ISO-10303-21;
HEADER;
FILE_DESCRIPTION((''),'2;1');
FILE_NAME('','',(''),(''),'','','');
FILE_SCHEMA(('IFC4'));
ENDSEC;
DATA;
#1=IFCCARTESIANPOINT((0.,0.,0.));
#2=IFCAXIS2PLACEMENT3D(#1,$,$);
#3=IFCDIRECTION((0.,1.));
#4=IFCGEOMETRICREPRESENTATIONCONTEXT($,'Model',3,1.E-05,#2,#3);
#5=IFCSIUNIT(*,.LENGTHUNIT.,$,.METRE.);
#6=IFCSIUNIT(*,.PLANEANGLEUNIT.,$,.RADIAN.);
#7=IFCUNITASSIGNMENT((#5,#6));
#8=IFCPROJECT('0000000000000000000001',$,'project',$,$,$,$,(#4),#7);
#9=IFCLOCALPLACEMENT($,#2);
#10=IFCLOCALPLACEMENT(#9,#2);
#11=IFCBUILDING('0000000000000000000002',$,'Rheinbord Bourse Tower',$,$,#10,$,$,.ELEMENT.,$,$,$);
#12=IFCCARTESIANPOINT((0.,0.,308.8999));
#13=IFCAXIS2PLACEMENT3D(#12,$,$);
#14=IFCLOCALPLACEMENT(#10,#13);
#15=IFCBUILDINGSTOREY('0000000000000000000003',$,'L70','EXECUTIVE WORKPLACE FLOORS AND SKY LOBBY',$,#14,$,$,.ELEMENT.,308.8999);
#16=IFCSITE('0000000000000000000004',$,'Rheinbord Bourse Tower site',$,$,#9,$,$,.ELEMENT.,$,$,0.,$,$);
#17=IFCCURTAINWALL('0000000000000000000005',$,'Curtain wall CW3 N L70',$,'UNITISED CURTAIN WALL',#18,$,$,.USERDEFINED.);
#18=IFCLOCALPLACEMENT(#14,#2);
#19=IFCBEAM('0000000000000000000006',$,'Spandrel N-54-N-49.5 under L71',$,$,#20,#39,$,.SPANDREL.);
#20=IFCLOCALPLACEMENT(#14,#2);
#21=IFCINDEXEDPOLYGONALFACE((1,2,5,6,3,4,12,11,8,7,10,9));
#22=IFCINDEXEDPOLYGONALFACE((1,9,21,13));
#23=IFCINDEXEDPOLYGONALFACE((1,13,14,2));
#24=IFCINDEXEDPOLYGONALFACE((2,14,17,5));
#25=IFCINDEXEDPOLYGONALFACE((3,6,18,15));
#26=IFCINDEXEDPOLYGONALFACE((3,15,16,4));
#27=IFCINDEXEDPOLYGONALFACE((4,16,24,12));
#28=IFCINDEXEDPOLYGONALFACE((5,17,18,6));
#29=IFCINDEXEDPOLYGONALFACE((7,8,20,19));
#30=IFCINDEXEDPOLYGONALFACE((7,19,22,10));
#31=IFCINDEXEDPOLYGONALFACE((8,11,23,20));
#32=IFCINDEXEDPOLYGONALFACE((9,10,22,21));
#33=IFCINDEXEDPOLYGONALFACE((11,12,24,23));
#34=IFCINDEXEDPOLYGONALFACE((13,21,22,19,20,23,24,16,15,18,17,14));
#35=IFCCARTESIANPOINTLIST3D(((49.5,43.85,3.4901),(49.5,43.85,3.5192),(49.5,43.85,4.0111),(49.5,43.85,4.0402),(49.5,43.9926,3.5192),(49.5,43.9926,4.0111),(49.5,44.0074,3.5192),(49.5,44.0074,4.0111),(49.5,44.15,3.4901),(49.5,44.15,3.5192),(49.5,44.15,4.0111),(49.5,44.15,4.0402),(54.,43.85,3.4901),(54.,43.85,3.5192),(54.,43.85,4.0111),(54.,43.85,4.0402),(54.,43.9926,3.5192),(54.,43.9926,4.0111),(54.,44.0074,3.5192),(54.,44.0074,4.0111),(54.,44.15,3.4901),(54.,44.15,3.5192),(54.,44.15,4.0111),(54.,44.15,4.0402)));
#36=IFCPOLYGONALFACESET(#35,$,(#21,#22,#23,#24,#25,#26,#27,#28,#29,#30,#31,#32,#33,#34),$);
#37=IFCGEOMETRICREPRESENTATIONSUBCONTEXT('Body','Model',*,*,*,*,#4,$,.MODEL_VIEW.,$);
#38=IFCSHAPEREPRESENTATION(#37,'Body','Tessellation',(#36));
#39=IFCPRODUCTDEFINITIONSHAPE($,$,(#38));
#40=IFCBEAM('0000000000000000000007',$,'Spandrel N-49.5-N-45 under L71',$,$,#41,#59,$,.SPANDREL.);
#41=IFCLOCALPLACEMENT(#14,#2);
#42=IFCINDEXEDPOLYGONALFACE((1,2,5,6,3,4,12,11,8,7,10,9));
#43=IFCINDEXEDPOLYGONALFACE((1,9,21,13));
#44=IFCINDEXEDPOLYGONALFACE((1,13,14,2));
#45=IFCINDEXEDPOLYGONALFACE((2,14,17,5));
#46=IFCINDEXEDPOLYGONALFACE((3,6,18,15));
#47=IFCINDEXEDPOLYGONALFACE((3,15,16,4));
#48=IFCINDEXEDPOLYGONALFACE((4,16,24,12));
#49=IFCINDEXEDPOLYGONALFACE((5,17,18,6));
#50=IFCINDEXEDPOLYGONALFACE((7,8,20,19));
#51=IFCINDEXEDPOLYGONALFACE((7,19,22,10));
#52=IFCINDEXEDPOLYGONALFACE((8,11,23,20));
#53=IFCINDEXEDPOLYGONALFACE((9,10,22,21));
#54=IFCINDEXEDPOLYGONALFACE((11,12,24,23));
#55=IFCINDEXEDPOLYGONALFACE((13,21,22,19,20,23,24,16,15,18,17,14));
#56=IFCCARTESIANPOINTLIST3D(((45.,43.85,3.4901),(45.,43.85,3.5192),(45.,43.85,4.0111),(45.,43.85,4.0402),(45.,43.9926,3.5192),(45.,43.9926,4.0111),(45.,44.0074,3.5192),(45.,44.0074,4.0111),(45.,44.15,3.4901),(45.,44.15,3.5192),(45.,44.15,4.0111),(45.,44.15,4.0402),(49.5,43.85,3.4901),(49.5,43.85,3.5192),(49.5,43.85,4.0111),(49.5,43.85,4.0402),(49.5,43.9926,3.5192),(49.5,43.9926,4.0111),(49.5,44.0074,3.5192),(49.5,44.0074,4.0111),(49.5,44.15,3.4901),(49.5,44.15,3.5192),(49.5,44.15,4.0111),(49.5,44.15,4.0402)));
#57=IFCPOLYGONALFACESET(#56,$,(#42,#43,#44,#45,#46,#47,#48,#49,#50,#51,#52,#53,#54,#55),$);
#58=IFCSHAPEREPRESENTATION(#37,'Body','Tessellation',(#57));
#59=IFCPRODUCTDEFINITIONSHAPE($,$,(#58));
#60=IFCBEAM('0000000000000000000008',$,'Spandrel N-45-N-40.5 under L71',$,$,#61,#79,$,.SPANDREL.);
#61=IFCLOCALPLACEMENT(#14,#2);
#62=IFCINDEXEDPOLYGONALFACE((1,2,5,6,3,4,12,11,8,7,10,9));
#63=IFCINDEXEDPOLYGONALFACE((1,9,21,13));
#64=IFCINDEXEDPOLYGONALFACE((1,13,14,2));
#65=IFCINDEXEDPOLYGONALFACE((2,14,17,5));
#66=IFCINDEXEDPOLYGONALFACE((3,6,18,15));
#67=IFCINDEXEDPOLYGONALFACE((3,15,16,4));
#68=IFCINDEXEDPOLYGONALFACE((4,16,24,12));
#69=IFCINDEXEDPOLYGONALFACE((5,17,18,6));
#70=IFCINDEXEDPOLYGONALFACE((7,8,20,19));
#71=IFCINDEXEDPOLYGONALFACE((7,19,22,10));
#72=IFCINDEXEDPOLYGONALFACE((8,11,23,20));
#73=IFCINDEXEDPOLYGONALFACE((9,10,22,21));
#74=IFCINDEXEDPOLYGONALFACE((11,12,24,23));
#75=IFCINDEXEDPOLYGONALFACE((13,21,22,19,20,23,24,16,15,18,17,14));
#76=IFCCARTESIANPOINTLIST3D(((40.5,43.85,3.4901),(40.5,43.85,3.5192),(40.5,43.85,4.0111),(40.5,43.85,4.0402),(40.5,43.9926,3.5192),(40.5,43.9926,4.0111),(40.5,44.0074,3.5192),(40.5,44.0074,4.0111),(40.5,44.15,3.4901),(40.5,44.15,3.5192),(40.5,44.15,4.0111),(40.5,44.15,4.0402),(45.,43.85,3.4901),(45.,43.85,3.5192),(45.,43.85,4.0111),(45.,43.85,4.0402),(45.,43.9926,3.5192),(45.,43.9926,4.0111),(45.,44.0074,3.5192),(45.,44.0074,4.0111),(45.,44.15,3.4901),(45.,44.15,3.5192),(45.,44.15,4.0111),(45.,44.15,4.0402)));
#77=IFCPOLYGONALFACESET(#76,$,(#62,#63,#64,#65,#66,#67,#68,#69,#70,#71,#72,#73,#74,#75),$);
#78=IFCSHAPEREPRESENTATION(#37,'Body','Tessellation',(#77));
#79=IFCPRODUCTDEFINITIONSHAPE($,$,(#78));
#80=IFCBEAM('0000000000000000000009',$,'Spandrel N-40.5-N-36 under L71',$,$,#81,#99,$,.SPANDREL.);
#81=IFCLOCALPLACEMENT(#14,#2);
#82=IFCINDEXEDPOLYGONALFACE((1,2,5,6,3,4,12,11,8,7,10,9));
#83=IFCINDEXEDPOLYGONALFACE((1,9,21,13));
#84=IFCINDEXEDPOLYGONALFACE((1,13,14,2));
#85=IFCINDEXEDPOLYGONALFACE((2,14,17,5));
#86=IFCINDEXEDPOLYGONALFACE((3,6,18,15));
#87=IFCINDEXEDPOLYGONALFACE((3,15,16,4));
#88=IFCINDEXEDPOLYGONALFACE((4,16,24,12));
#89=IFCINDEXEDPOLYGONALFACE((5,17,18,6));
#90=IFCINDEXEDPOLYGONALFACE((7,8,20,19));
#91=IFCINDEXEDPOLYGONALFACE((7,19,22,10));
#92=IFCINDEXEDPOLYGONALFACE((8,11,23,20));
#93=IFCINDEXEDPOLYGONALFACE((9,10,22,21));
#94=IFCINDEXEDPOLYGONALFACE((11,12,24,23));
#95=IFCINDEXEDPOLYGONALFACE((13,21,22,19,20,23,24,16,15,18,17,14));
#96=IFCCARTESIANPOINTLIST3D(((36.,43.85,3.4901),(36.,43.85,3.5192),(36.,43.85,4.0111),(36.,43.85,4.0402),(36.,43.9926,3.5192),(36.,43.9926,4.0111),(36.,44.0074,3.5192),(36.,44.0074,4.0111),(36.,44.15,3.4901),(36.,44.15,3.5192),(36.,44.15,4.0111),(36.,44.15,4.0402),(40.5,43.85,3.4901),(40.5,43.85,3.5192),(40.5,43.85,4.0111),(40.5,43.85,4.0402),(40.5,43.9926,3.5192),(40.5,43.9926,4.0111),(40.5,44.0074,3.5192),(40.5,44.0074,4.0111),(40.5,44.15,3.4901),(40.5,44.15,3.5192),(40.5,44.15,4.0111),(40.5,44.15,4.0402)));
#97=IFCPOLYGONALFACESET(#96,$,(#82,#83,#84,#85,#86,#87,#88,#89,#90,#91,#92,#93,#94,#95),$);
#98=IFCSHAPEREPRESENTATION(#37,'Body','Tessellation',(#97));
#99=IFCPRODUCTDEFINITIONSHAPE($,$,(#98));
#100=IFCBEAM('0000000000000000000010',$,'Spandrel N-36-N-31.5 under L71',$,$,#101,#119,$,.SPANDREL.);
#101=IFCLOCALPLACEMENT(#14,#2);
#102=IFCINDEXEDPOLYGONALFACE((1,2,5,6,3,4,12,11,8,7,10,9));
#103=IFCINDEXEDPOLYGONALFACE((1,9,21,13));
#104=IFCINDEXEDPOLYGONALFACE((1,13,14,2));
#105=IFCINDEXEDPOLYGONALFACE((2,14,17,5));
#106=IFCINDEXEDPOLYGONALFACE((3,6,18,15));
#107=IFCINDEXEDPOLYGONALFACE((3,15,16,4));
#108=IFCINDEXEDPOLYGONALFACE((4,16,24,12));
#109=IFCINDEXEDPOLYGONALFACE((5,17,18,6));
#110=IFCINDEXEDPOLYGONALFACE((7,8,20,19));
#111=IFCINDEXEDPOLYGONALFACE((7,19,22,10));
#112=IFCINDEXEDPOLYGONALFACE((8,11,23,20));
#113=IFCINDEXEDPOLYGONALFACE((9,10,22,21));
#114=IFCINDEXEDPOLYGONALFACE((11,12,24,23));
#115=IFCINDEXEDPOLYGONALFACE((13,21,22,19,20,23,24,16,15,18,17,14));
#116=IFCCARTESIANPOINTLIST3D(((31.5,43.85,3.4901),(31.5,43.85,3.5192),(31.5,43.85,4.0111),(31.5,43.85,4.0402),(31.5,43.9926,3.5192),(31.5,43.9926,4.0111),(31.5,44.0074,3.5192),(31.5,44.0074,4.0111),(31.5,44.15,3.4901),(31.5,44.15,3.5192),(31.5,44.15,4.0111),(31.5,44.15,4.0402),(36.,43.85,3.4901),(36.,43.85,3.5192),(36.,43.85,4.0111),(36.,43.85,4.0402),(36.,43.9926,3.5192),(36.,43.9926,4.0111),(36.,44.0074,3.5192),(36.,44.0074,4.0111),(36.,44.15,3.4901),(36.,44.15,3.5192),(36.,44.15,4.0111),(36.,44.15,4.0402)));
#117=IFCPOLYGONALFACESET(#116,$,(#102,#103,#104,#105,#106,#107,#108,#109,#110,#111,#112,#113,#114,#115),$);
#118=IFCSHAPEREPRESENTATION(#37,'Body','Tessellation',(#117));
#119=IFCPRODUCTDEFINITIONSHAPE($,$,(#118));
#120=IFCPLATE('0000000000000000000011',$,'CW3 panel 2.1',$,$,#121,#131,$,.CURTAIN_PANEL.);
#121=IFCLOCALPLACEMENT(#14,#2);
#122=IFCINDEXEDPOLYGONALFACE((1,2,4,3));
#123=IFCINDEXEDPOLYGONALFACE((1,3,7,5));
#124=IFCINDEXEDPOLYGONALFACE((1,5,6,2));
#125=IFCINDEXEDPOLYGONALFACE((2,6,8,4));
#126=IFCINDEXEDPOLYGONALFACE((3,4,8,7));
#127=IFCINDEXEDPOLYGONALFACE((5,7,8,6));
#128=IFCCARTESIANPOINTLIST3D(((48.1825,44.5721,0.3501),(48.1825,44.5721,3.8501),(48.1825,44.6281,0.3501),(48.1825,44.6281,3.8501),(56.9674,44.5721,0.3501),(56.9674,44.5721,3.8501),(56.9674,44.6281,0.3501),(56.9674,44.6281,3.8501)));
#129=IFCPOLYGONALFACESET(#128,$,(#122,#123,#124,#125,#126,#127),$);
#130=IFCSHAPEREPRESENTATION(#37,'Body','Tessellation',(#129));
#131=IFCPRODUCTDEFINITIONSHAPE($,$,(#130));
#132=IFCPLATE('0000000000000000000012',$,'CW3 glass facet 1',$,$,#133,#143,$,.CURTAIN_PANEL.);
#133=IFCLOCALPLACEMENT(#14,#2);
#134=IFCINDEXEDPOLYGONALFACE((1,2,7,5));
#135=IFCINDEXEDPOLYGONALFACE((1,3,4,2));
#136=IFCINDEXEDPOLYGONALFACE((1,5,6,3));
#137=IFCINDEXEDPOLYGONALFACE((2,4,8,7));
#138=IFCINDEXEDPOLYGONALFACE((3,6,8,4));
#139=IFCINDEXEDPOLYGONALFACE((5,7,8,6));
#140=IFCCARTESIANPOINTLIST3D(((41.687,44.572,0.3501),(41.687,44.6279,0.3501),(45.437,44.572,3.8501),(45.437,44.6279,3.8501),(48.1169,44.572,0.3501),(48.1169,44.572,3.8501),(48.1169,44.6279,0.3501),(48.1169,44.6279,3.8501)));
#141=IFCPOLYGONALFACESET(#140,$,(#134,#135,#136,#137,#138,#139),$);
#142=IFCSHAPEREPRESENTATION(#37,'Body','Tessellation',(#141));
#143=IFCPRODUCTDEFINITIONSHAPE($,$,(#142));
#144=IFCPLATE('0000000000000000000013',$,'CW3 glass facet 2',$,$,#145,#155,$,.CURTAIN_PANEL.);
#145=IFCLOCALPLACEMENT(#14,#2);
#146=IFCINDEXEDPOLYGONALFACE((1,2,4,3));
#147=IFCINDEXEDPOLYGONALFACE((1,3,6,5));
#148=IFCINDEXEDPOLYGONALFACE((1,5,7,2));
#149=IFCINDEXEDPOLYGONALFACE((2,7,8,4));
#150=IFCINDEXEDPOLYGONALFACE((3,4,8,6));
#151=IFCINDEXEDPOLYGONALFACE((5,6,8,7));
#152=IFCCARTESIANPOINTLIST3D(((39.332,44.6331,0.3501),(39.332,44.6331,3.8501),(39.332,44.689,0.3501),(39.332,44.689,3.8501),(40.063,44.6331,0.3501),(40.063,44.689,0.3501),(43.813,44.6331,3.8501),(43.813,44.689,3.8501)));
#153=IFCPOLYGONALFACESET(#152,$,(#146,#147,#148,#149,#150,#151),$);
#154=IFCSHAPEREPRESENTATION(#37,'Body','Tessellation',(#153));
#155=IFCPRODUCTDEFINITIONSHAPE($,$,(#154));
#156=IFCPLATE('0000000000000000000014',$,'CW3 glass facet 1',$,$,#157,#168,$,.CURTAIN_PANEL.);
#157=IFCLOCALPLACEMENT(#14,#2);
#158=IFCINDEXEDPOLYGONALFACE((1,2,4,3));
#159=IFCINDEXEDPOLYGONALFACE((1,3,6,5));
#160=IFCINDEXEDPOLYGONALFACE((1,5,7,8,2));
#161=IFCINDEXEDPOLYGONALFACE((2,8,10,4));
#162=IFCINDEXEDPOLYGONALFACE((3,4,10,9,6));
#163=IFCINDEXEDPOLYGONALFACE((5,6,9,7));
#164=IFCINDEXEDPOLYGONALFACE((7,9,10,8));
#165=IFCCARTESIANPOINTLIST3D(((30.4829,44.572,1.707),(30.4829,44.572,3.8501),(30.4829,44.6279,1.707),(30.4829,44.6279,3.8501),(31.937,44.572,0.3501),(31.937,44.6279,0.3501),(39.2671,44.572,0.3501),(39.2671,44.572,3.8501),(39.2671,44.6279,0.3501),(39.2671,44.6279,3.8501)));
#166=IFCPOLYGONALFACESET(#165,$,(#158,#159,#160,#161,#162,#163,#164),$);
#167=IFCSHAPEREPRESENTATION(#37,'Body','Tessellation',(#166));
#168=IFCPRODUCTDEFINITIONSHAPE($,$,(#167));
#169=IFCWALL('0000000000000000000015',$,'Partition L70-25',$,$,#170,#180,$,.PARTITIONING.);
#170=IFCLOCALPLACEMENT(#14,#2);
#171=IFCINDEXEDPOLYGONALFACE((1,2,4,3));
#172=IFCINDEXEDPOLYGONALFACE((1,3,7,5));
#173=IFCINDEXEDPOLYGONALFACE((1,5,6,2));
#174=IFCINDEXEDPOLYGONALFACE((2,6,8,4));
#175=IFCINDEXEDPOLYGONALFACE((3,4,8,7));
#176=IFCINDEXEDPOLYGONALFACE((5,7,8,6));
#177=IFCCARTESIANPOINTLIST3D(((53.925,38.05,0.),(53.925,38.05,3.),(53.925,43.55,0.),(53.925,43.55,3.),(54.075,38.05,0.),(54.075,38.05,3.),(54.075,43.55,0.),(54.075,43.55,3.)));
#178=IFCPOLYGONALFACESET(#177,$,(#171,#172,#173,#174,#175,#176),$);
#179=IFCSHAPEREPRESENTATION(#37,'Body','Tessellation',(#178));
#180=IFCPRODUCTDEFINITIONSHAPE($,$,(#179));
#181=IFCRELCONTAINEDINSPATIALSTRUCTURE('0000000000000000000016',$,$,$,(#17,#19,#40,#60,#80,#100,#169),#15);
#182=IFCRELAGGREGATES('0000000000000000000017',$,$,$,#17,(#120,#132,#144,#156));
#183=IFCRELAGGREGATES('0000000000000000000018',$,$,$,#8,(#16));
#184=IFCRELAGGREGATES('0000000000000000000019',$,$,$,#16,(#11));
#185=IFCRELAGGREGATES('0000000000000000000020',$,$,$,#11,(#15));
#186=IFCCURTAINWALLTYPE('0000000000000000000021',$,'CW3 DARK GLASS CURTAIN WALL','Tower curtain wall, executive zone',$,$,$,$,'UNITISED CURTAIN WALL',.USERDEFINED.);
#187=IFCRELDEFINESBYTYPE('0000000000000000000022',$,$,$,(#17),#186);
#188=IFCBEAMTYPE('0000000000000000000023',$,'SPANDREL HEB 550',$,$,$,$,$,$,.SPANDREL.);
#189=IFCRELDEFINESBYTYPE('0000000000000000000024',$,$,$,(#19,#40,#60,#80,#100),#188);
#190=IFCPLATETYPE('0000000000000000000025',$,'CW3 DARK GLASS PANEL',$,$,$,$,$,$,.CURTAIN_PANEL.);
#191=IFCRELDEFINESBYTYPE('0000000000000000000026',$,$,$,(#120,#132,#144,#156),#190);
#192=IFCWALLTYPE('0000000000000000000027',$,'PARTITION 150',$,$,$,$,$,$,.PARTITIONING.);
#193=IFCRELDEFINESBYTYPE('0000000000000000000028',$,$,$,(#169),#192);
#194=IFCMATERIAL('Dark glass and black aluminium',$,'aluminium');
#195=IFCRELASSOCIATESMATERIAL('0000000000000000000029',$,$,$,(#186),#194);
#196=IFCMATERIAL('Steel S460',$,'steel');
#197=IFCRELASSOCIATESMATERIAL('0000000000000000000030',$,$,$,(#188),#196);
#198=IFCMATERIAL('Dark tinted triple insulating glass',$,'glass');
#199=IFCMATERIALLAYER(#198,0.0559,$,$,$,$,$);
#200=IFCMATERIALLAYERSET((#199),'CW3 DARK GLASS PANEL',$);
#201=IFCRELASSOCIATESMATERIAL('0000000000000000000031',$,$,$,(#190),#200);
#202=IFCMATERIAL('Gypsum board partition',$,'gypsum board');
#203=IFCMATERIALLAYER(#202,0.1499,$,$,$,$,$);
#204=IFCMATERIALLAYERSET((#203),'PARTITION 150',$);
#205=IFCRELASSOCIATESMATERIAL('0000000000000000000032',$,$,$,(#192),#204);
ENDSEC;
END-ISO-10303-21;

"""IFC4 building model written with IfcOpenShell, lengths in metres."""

from ifc_helpers import new_model, si_unit, direction, frame, frame_2d, origin, origin_2d, place, context, subcontext, project, spatial, polyline, rectangle, i_section, outline, extrude, material, layer, layer_set, material_profile, profile_set, type_object, element, aggregate, save


model = new_model("IFC4")

# Units and contexts
model_context = context("Model", 3, precision=1e-05, world=origin(), true_north=direction((0.0, 1.0)))
body_context = subcontext(model_context, "Body", "Model", "MODEL_VIEW")
ifc_project = project(units=[si_unit("LENGTHUNIT", "METRE"), si_unit("PLANEANGLEUNIT", "RADIAN")], contexts=[model_context])

# Site, building, storey
site_placement = place(None, origin())
site = spatial("IfcSite", under=ifc_project, at=site_placement, Name="Rheinbord Bourse Tower site", CompositionType="ELEMENT", RefElevation=0.0)
building_placement = place(site_placement, origin())
building = spatial("IfcBuilding", under=site, at=building_placement, Name="Rheinbord Bourse Tower", CompositionType="ELEMENT")
storey_placement = place(building_placement, frame((0.0, 0.0, 308.8999)))
storey = spatial("IfcBuildingStorey", under=building, at=storey_placement, Name="L70", Description="EXECUTIVE WORKPLACE FLOORS AND SKY LOBBY", CompositionType="ELEMENT", Elevation=308.8999)

# Curtain wall
ifc_material_1 = material(Name="Dark glass and black aluminium", Category="aluminium")
curtain_wall_type = type_object("IfcCurtainWallType", Name="CW3 DARK GLASS CURTAIN WALL", Description="Tower curtain wall, executive zone", ElementType="UNITISED CURTAIN WALL", PredefinedType="USERDEFINED", material=ifc_material_1)
curtain_wall_placement = place(storey_placement, origin())
curtain_wall = element("IfcCurtainWall", 1, at=curtain_wall_placement, inside=storey, type_object=curtain_wall_type, Name="Curtain wall CW3 N L70", ObjectType="UNITISED CURTAIN WALL", PredefinedType="USERDEFINED")

# Beams
ifc_material_2 = material(Name="Steel S460", Category="steel")
ifc_material_profile_1 = material_profile(ifc_material_2, i_section(OverallWidth=0.3, OverallDepth=0.55, WebThickness=0.0149, FlangeThickness=0.0291, at=origin_2d()), Name="HEB 550")
ifc_profile_set_1 = profile_set([ifc_material_profile_1], Name="Steel S460")
beam_type_1 = type_object("IfcBeamType", Name="SPANDREL HEB 550", PredefinedType="SPANDREL", material=ifc_profile_set_1)
for number, where, z_axis, x_axis, name in (
    (2, (54.0, 44.0, 3.7651), (-1.0, 0.0, 0.0), (0.0, -1.0, 0.0), "Spandrel N-54-N-49.5 under L71"),
    (3, (49.5, 44.0, 3.7651), (-1.0, 0.0, 0.0), (0.0, -1.0, 0.0), "Spandrel N-49.5-N-45 under L71"),
    (4, (45.0, 44.0, 3.7651), (-1.0, 0.0, 0.0), (0.0, -1.0, 0.0), "Spandrel N-45-N-40.5 under L71"),
    (5, (40.5, 44.0, 3.7651), (-1.0, 0.0, 0.0), (0.0, -1.0, 0.0), "Spandrel N-40.5-N-36 under L71"),
    (6, (36.0, 44.0, 3.7651), (-1.0, 0.0, 0.0), (0.0, -1.0, 0.0), "Spandrel N-36-N-31.5 under L71"),
):
    element("IfcBeam", number, at=place(storey_placement, frame(where, z_axis=z_axis, x_axis=x_axis)), inside=storey, type_object=beam_type_1, Name=name, PredefinedType="SPANDREL", context=body_context, shape_type="SweptSolid", body=[
        extrude(i_section(OverallWidth=0.3, OverallDepth=0.55, WebThickness=0.0149, FlangeThickness=0.0291, at=origin_2d()), origin(), (0.0, 0.0, 1.0), 4.5),
    ])

# Plates
ifc_material_3 = material(Name="Dark tinted triple insulating glass", Category="glass")
ifc_layer_1 = layer(ifc_material_3, 0.0559)
ifc_layer_set_1 = layer_set([ifc_layer_1], Name="CW3 DARK GLASS PANEL")
plate_type = type_object("IfcPlateType", Name="CW3 DARK GLASS PANEL", PredefinedType="CURTAIN_PANEL", material=ifc_layer_set_1)
plate_1_placement = place(storey_placement, frame((52.575, 44.6001, 0.3501), z_axis=(0.0, 0.0, 1.0), x_axis=(-1.0, 0.0, 0.0)))
plate_1 = element("IfcPlate", 7, at=plate_1_placement, type_object=plate_type, Name="CW3 panel 2.1", PredefinedType="CURTAIN_PANEL", context=body_context, shape_type="SweptSolid", body=[
    extrude(rectangle(XDim=8.7849, YDim=0.0559, at=origin_2d()), origin(), (0.0, 0.0, 1.0), 3.5),
])
plate_2_placement = place(storey_placement, frame((48.1169, 44.6279, 0.3501), z_axis=(0.0, -1.0, 0.0), x_axis=(0.0, 0.0, 1.0)))
plate_2 = element("IfcPlate", 8, at=plate_2_placement, type_object=plate_type, Name="CW3 glass facet 1", PredefinedType="CURTAIN_PANEL", context=body_context, shape_type="SweptSolid", body=[
    extrude(outline(polyline([(0.0, 0.0), (3.5, 0.0), (3.5, 2.6799), (0.0, 6.4299), (0.0, 0.0)])), origin(), (0.0, 0.0, 1.0), 0.0559),
])
plate_3_placement = place(storey_placement, frame((39.332, 44.689, 3.8501), z_axis=(0.0, -1.0, 0.0), x_axis=(0.0, 0.0, -1.0)))
plate_3 = element("IfcPlate", 9, at=plate_3_placement, type_object=plate_type, Name="CW3 glass facet 2", PredefinedType="CURTAIN_PANEL", context=body_context, shape_type="SweptSolid", body=[
    extrude(outline(polyline([(0.0, 0.0), (3.5, 0.0), (3.5, 0.731), (0.0, 4.481), (0.0, 0.0)])), origin(), (0.0, 0.0, 1.0), 0.0559),
])
plate_4_placement = place(storey_placement, frame((39.2671, 44.6279, 0.3501), z_axis=(0.0, -1.0, 0.0), x_axis=(0.0, 0.0, 1.0)))
plate_4 = element("IfcPlate", 10, at=plate_4_placement, type_object=plate_type, Name="CW3 glass facet 1", PredefinedType="CURTAIN_PANEL", context=body_context, shape_type="SweptSolid", body=[
    extrude(outline(polyline([(0.0, 0.0), (3.5, 0.0), (3.5, 8.7842), (1.3569, 8.7842), (0.0, 7.3301), (0.0, 0.0)])), origin(), (0.0, 0.0, 1.0), 0.0559),
])
aggregate(curtain_wall, [plate_1, plate_2, plate_3, plate_4])

# Wall
ifc_material_4 = material(Name="Gypsum board partition", Category="gypsum board")
ifc_layer_2 = layer(ifc_material_4, 0.1499)
ifc_layer_set_2 = layer_set([ifc_layer_2], Name="PARTITION 150")
wall_type = type_object("IfcWallType", Name="PARTITION 150", PredefinedType="PARTITIONING", material=ifc_layer_set_2)
wall_placement = place(storey_placement, frame((54.0, 38.05, 0.0), z_axis=(0.0, 0.0, 1.0), x_axis=(0.0, 1.0, 0.0)))
element("IfcWall", 11, at=wall_placement, inside=storey, type_object=wall_type, Name="Partition L70-25", PredefinedType="PARTITIONING", context=body_context, shape_type="SweptSolid", body=[
    extrude(rectangle(XDim=5.5, YDim=0.1499, at=frame_2d((2.75, 0.0))), origin(), (0.0, 0.0, 1.0), 3.0),
])

save(model, "model.ifc")
